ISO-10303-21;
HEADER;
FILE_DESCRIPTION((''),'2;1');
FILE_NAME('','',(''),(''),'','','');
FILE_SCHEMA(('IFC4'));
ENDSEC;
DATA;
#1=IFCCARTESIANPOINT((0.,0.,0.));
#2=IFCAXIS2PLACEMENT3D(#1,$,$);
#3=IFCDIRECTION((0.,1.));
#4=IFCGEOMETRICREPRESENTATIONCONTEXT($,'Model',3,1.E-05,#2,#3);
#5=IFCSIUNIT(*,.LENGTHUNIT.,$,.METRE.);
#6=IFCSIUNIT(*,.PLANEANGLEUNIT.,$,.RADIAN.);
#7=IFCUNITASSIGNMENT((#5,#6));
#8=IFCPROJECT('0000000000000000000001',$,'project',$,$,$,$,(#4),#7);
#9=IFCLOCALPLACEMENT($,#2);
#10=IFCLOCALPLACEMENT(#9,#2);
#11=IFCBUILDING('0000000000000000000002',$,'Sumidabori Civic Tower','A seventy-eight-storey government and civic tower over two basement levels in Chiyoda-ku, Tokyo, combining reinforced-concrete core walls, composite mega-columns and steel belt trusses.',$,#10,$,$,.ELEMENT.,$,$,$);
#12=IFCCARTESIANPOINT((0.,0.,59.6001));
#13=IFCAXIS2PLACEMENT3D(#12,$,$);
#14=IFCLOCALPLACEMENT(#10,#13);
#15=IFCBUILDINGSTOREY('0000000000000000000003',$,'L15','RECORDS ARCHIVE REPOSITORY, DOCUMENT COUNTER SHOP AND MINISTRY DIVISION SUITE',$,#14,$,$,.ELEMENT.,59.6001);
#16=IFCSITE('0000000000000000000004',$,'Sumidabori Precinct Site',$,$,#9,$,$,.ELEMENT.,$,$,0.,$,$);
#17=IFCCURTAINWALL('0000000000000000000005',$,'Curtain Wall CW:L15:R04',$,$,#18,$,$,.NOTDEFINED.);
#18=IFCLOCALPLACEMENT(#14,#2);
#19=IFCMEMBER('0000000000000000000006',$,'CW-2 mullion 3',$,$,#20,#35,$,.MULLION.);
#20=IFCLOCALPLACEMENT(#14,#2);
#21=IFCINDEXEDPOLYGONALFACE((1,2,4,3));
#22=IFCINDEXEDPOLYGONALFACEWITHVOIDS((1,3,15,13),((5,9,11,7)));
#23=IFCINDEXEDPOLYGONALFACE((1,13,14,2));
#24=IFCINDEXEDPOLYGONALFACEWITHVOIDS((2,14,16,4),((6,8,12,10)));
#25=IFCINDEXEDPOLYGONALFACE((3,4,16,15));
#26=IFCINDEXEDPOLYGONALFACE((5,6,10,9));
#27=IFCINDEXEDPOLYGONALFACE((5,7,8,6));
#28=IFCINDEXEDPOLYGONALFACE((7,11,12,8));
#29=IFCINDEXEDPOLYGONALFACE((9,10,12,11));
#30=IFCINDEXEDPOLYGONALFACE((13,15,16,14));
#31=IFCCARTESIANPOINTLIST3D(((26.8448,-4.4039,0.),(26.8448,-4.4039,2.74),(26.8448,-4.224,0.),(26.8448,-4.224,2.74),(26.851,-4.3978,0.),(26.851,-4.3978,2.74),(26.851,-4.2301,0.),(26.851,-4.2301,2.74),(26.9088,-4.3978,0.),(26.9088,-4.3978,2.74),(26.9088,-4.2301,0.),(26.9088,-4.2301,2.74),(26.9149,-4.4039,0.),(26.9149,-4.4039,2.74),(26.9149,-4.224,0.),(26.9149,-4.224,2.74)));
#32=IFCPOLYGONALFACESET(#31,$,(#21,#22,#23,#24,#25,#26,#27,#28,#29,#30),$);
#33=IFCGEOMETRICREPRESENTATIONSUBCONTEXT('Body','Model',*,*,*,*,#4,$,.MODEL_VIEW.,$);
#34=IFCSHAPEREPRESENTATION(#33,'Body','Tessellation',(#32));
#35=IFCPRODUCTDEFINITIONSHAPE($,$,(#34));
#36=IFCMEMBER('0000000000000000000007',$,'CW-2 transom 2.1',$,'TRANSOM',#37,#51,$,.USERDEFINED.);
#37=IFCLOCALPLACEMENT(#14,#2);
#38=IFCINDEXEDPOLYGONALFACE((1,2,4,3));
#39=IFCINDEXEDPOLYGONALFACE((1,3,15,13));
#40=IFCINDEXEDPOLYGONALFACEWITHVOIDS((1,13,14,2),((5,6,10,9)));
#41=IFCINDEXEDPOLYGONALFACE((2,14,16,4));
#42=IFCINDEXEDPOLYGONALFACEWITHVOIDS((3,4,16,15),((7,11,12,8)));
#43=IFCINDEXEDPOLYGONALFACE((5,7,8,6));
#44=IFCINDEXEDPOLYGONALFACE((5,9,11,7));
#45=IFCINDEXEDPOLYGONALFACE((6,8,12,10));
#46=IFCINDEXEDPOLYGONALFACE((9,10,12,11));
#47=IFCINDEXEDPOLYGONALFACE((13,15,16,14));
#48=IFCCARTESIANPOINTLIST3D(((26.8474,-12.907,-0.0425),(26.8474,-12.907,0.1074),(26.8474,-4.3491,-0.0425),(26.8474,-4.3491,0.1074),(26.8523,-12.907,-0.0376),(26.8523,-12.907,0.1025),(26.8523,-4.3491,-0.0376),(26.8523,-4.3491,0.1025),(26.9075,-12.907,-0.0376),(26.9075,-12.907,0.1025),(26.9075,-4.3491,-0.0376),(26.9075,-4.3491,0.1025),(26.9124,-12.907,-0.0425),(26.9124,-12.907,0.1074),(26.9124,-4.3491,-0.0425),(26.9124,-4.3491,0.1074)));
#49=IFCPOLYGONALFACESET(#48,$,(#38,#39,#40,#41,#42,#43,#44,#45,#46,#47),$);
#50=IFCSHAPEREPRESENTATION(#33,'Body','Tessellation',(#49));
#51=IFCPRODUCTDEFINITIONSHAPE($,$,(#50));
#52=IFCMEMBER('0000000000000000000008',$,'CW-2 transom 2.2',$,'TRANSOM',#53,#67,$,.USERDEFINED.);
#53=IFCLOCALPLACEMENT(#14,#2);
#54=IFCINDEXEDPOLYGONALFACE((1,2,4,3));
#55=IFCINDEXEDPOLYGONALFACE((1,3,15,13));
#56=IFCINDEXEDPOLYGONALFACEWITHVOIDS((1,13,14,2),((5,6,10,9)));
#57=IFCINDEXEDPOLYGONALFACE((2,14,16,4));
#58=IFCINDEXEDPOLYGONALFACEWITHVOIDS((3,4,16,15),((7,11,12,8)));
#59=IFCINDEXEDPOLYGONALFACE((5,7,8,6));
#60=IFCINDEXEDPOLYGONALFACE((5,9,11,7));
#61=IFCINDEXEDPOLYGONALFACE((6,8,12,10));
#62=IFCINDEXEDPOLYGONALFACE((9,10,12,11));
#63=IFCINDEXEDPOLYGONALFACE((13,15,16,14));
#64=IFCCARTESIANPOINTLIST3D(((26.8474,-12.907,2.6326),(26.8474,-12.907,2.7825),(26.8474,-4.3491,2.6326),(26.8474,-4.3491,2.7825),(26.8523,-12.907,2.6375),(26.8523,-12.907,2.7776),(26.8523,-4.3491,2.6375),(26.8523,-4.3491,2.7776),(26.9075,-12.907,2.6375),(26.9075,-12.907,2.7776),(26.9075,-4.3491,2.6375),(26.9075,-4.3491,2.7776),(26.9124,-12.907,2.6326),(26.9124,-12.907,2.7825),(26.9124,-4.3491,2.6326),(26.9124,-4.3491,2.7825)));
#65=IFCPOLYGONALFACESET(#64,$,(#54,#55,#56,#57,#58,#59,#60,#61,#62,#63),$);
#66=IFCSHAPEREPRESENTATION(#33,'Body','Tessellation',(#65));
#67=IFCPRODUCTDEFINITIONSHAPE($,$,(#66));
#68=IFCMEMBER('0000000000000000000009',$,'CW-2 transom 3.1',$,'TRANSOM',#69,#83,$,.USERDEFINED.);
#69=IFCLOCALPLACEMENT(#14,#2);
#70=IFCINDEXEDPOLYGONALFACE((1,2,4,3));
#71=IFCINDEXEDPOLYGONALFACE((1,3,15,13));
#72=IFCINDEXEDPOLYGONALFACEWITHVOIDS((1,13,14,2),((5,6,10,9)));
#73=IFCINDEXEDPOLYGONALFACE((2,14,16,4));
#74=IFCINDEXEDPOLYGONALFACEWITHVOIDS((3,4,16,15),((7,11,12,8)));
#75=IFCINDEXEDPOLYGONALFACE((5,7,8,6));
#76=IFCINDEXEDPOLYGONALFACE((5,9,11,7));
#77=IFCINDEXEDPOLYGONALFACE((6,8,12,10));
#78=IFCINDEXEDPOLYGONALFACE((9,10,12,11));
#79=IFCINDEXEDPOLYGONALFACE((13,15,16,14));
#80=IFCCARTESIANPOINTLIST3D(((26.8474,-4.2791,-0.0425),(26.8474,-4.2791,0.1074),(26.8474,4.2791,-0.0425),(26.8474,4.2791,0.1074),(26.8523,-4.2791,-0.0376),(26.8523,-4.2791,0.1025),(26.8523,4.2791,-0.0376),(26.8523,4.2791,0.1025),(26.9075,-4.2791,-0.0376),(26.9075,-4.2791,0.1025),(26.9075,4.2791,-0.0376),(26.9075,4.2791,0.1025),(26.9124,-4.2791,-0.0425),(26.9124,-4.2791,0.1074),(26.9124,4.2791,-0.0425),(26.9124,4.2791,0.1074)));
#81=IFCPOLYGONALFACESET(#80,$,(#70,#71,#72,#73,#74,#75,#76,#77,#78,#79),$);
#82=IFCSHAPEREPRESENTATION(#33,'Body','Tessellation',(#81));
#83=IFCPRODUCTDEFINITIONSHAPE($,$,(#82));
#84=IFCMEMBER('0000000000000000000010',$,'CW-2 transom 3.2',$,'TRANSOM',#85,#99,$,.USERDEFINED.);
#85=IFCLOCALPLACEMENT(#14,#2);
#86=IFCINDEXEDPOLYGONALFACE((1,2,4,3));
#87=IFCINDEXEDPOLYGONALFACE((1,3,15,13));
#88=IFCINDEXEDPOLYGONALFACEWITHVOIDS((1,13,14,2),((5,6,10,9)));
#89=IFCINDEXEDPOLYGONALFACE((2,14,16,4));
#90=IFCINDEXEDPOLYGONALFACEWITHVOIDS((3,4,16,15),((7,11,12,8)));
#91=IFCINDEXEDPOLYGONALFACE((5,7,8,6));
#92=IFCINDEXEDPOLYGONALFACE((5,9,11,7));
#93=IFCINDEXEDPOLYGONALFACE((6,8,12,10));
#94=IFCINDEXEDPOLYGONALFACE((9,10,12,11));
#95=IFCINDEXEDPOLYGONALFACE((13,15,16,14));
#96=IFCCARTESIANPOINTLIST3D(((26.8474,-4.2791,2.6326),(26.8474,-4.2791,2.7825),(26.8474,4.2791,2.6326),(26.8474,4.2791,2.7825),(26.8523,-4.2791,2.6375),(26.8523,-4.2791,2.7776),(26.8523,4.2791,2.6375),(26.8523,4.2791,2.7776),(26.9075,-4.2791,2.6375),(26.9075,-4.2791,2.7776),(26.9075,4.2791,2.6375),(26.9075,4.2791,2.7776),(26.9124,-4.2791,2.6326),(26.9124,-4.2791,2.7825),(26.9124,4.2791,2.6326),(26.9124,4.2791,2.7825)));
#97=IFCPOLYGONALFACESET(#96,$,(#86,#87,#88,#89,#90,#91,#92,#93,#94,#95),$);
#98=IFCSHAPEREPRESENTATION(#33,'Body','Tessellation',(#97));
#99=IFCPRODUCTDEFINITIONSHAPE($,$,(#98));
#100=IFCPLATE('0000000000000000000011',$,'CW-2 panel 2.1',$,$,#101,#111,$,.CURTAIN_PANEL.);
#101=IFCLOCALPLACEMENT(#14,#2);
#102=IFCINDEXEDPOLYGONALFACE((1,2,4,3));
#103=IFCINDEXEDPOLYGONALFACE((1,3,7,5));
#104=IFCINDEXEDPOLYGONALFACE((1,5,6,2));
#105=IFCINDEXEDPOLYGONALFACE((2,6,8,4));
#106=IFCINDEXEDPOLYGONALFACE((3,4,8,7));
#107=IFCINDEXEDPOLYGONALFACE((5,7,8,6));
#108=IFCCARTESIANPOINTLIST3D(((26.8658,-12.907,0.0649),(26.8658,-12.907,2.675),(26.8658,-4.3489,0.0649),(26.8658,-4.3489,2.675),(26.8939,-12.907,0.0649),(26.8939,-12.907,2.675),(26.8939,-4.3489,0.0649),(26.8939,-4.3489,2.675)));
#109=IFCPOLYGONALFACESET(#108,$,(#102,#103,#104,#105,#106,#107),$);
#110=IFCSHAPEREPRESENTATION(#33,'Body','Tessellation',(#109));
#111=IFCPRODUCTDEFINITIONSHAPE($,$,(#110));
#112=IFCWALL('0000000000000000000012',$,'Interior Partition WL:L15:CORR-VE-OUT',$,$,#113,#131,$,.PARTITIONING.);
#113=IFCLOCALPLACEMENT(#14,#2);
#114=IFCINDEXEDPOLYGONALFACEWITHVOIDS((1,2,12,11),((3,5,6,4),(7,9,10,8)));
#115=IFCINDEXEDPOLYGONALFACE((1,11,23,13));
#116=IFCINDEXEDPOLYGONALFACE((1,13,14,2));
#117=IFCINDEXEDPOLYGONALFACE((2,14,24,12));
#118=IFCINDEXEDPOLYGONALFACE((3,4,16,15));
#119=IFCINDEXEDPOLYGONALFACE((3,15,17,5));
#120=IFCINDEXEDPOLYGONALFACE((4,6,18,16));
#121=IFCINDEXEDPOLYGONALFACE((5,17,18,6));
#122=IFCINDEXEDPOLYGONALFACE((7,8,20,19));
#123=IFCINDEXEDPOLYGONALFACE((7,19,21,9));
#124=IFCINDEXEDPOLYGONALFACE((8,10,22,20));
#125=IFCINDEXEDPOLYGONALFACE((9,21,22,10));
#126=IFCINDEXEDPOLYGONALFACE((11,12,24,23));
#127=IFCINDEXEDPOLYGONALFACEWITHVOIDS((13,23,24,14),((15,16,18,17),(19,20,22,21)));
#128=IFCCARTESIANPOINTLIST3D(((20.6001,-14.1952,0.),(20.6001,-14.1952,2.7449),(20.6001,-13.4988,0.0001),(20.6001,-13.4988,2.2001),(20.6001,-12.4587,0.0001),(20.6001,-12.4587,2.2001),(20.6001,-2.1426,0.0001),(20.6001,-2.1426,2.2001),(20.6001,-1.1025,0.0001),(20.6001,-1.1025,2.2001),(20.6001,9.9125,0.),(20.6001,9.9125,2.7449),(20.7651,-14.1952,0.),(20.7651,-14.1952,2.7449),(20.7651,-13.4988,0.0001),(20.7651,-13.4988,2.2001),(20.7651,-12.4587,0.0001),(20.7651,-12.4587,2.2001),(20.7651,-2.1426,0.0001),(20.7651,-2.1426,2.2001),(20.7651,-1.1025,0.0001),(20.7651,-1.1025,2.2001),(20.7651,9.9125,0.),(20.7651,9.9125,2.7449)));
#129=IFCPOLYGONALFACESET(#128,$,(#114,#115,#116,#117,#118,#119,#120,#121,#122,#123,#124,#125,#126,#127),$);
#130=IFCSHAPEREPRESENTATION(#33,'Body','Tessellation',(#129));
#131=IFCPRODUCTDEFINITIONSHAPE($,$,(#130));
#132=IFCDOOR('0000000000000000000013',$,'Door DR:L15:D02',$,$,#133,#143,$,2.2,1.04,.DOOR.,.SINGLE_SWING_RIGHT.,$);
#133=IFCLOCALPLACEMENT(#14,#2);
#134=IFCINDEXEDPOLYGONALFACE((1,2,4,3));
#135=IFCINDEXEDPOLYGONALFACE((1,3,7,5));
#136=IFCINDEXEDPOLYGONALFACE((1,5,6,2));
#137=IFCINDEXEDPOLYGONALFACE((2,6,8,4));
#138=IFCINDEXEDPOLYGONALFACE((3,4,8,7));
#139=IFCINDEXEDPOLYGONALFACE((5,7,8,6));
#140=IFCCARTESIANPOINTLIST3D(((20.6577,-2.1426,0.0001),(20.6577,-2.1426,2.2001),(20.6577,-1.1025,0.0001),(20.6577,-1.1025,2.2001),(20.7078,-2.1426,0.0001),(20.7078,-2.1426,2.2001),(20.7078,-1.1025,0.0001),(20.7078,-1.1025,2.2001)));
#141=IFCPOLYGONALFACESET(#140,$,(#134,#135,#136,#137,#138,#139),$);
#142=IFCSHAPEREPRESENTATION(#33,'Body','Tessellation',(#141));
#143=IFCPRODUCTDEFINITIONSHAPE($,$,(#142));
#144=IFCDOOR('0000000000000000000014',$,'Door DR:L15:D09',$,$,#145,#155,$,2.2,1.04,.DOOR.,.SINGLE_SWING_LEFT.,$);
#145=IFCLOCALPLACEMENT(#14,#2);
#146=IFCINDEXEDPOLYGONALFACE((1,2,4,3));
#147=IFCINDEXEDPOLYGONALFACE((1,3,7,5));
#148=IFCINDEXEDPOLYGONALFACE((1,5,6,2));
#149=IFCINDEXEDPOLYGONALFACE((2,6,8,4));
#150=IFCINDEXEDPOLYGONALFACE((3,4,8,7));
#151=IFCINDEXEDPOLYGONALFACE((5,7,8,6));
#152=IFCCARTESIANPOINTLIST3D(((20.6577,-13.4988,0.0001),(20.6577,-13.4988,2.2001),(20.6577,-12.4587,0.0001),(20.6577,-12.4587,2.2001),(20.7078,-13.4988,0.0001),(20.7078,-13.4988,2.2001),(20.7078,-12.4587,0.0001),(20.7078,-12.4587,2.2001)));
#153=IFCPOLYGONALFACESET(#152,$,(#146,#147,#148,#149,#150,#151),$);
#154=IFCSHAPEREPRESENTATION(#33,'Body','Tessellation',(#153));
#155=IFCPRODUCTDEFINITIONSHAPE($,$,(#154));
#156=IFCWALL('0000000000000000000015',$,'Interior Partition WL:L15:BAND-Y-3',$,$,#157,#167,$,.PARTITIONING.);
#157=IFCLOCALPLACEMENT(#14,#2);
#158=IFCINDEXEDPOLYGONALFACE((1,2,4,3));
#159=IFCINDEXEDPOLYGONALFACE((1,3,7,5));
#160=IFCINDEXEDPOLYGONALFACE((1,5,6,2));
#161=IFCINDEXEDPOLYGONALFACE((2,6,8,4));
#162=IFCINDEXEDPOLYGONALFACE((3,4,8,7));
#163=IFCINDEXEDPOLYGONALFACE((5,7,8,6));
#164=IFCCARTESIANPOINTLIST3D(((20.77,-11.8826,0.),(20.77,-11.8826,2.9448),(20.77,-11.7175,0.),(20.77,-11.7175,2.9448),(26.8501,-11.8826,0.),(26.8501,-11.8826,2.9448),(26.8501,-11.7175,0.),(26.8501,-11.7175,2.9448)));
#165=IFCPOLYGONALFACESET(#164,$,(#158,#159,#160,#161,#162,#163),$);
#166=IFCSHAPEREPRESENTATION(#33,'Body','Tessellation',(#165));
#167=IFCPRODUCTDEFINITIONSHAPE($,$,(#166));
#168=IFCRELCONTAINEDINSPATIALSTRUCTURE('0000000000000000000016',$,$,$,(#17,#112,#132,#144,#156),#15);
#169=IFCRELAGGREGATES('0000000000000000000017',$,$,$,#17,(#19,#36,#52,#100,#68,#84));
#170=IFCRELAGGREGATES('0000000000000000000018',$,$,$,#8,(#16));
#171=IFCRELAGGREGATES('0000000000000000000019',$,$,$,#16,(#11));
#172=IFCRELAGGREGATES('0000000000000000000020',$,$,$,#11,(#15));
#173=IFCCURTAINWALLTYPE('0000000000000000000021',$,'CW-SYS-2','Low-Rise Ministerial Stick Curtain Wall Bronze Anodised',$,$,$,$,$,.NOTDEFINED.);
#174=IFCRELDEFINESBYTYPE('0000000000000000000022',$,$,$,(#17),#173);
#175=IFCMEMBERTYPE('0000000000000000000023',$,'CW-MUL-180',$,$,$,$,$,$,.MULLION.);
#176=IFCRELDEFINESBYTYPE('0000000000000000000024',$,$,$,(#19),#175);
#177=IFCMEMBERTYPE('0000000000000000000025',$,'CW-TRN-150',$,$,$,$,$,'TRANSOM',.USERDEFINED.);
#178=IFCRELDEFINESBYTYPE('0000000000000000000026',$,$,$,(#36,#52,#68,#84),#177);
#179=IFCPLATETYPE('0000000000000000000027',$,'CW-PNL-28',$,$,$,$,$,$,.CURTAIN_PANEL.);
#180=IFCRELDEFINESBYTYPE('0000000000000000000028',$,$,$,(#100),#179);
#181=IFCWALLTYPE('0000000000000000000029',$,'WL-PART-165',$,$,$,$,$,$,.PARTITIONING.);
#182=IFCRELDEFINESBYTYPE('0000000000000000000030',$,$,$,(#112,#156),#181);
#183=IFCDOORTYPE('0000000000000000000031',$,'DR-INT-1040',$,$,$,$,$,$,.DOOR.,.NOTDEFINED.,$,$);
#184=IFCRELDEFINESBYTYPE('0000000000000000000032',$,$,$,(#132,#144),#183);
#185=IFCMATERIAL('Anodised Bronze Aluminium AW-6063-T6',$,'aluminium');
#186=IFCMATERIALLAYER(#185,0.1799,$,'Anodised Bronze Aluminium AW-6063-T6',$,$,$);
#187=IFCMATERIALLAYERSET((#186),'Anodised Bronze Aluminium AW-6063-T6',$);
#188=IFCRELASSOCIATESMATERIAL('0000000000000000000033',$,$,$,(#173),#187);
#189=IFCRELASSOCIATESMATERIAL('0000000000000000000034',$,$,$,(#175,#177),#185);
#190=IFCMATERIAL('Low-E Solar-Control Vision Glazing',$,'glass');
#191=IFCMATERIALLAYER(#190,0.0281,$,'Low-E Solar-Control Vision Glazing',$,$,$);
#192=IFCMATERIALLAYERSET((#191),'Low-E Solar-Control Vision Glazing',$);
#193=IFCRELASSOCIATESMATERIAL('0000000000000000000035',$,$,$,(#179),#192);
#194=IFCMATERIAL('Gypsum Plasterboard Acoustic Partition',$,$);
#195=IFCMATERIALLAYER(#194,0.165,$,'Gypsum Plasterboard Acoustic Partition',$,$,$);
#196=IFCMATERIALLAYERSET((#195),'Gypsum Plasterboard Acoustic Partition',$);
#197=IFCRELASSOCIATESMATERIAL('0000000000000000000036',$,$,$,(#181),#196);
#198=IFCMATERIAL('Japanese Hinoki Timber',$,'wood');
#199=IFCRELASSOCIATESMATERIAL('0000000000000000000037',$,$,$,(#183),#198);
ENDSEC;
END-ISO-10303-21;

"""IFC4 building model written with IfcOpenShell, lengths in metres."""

from ifc_helpers import new_model, si_unit, direction, frame, frame_2d, origin, origin_2d, place, context, subcontext, project, spatial, rectangle, hollow_rectangle, extrude, source, transform, mapped, material, layer, layer_set, material_profile, profile_set, type_object, element, fill, aggregate, save


model = new_model("IFC4")

# Units and contexts
model_context = context("Model", 3, precision=1e-05, world=origin(), true_north=direction((0.0, 1.0)))
body_context = subcontext(model_context, "Body", "Model", "MODEL_VIEW")
ifc_project = project(units=[si_unit("LENGTHUNIT", "METRE"), si_unit("PLANEANGLEUNIT", "RADIAN")], contexts=[model_context])

# Site, building, storey
site_placement = place(None, origin())
site = spatial("IfcSite", under=ifc_project, at=site_placement, Name="Sumidabori Precinct Site", CompositionType="ELEMENT", RefElevation=0.0)
building_placement = place(site_placement, origin())
building = spatial("IfcBuilding", under=site, at=building_placement, Name="Sumidabori Civic Tower", Description="A seventy-eight-storey government and civic tower over two basement levels in Chiyoda-ku, Tokyo, combining reinforced-concrete core walls, composite mega-columns and steel belt trusses.", CompositionType="ELEMENT")
storey_placement = place(building_placement, frame((0.0, 0.0, 59.6001)))
storey = spatial("IfcBuildingStorey", under=building, at=storey_placement, Name="L15", Description="RECORDS ARCHIVE REPOSITORY, DOCUMENT COUNTER SHOP AND MINISTRY DIVISION SUITE", CompositionType="ELEMENT", Elevation=59.6001)

# Curtain wall, members, plate
ifc_material_1 = material(Name="Anodised Bronze Aluminium AW-6063-T6", Category="aluminium")
ifc_layer_1 = layer(ifc_material_1, 0.1799, Name="Anodised Bronze Aluminium AW-6063-T6")
ifc_layer_set_1 = layer_set([ifc_layer_1], Name="Anodised Bronze Aluminium AW-6063-T6")
curtain_wall_type = type_object("IfcCurtainWallType", Name="CW-SYS-2", Description="Low-Rise Ministerial Stick Curtain Wall Bronze Anodised", PredefinedType="NOTDEFINED", material=ifc_layer_set_1)
curtain_wall_placement = place(storey_placement, origin())
curtain_wall = element("IfcCurtainWall", 1, at=curtain_wall_placement, inside=storey, type_object=curtain_wall_type, Name="Curtain Wall CW:L15:R04", PredefinedType="NOTDEFINED")
ifc_material_profile_1 = material_profile(ifc_material_1, hollow_rectangle(XDim=0.0701, YDim=0.1799, WallThickness=0.0061, at=origin_2d()), Name="ALU MULLION 180x70")
ifc_profile_set_1 = profile_set([ifc_material_profile_1], Name="Anodised Bronze Aluminium AW-6063-T6")
member_type_1 = type_object("IfcMemberType", Name="CW-MUL-180", PredefinedType="MULLION", material=ifc_profile_set_1)
shared_shape_1 = source(origin(), body_context, "Body", "SweptSolid", [
    extrude(hollow_rectangle(XDim=0.0701, YDim=0.1799, WallThickness=0.0061, at=origin_2d()), origin(), (0.0, 0.0, 1.0), 2.74),
])
member_1_placement = place(storey_placement, frame((26.8799, -4.314, 0.0), z_axis=(0.0, 0.0, 1.0), x_axis=(-1.0, 0.0, 0.0)))
member_1 = element("IfcMember", 2, at=member_1_placement, type_object=member_type_1, Name="CW-2 mullion 3", PredefinedType="MULLION", context=body_context, shape_type="MappedRepresentation", body=[
    mapped(shared_shape_1, transform((0.0, 0.0, 0.0), x_axis=(1.0, 0.0, 0.0), y_axis=(0.0, 1.0, 0.0), z_axis=(0.0, 0.0, 1.0), scale=1.0)),
])
ifc_material_profile_2 = material_profile(ifc_material_1, hollow_rectangle(XDim=0.0649, YDim=0.1499, WallThickness=0.0049, at=origin_2d()), Name="ALU TRANSOM 150x65")
ifc_profile_set_2 = profile_set([ifc_material_profile_2], Name="Anodised Bronze Aluminium AW-6063-T6")
member_type_2 = type_object("IfcMemberType", Name="CW-TRN-150", ElementType="TRANSOM", PredefinedType="USERDEFINED", material=ifc_profile_set_2)
shared_shape_2 = source(origin(), body_context, "Body", "SweptSolid", [
    extrude(hollow_rectangle(XDim=0.0649, YDim=0.1499, WallThickness=0.0049, at=origin_2d()), origin(), (0.0, 0.0, 1.0), 8.5579),
])
member_2_placement = place(storey_placement, frame((26.8799, -12.907, 0.0325), z_axis=(0.0, 1.0, 0.0), x_axis=(-1.0, 0.0, 0.0)))
member_2 = element("IfcMember", 3, at=member_2_placement, type_object=member_type_2, Name="CW-2 transom 2.1", ObjectType="TRANSOM", PredefinedType="USERDEFINED", context=body_context, shape_type="MappedRepresentation", body=[
    mapped(shared_shape_2, transform((0.0, 0.0, 0.0), x_axis=(1.0, 0.0, 0.0), y_axis=(0.0, 1.0, 0.0), z_axis=(0.0, 0.0, 1.0), scale=1.0)),
])
member_3_placement = place(storey_placement, frame((26.8799, -12.907, 2.7075), z_axis=(0.0, 1.0, 0.0), x_axis=(-1.0, 0.0, 0.0)))
member_3 = element("IfcMember", 4, at=member_3_placement, type_object=member_type_2, Name="CW-2 transom 2.2", ObjectType="TRANSOM", PredefinedType="USERDEFINED", context=body_context, shape_type="MappedRepresentation", body=[
    mapped(shared_shape_2, transform((0.0, 0.0, 0.0), x_axis=(1.0, 0.0, 0.0), y_axis=(0.0, 1.0, 0.0), z_axis=(0.0, 0.0, 1.0), scale=1.0)),
])
shared_shape_3 = source(origin(), body_context, "Body", "SweptSolid", [
    extrude(hollow_rectangle(XDim=0.0649, YDim=0.1499, WallThickness=0.0049, at=origin_2d()), origin(), (0.0, 0.0, 1.0), 8.5581),
])
member_4_placement = place(storey_placement, frame((26.8799, -4.2791, 0.0325), z_axis=(0.0, 1.0, 0.0), x_axis=(-1.0, 0.0, 0.0)))
member_4 = element("IfcMember", 5, at=member_4_placement, type_object=member_type_2, Name="CW-2 transom 3.1", ObjectType="TRANSOM", PredefinedType="USERDEFINED", context=body_context, shape_type="MappedRepresentation", body=[
    mapped(shared_shape_3, transform((0.0, 0.0, 0.0), x_axis=(1.0, 0.0, 0.0), y_axis=(0.0, 1.0, 0.0), z_axis=(0.0, 0.0, 1.0), scale=1.0)),
])
member_5_placement = place(storey_placement, frame((26.8799, -4.2791, 2.7075), z_axis=(0.0, 1.0, 0.0), x_axis=(-1.0, 0.0, 0.0)))
member_5 = element("IfcMember", 6, at=member_5_placement, type_object=member_type_2, Name="CW-2 transom 3.2", ObjectType="TRANSOM", PredefinedType="USERDEFINED", context=body_context, shape_type="MappedRepresentation", body=[
    mapped(shared_shape_3, transform((0.0, 0.0, 0.0), x_axis=(1.0, 0.0, 0.0), y_axis=(0.0, 1.0, 0.0), z_axis=(0.0, 0.0, 1.0), scale=1.0)),
])
ifc_material_2 = material(Name="Low-E Solar-Control Vision Glazing", Category="glass")
ifc_layer_2 = layer(ifc_material_2, 0.0281, Name="Low-E Solar-Control Vision Glazing")
ifc_layer_set_2 = layer_set([ifc_layer_2], Name="Low-E Solar-Control Vision Glazing")
plate_type = type_object("IfcPlateType", Name="CW-PNL-28", PredefinedType="CURTAIN_PANEL", material=ifc_layer_set_2)
shared_shape_4 = source(origin(), body_context, "Body", "SweptSolid", [
    extrude(rectangle(XDim=8.5581, YDim=0.0281, at=origin_2d()), origin(), (0.0, 0.0, 1.0), 2.6101),
])
plate_placement = place(storey_placement, frame((26.8799, -8.6279, 0.0649), z_axis=(0.0, 0.0, 1.0), x_axis=(0.0, 1.0, 0.0)))
plate = element("IfcPlate", 7, at=plate_placement, type_object=plate_type, Name="CW-2 panel 2.1", PredefinedType="CURTAIN_PANEL", context=body_context, shape_type="MappedRepresentation", body=[
    mapped(shared_shape_4, transform((0.0, 0.0, 0.0), x_axis=(1.0, 0.0, 0.0), y_axis=(0.0, 1.0, 0.0), z_axis=(0.0, 0.0, 1.0), scale=1.0)),
])
aggregate(curtain_wall, [member_1, member_2, member_3, plate, member_4, member_5])

# Wall, openings, doors
ifc_material_3 = material(Name="Gypsum Plasterboard Acoustic Partition")
ifc_layer_3 = layer(ifc_material_3, 0.165, Name="Gypsum Plasterboard Acoustic Partition")
ifc_layer_set_3 = layer_set([ifc_layer_3], Name="Gypsum Plasterboard Acoustic Partition")
wall_type = type_object("IfcWallType", Name="WL-PART-165", PredefinedType="PARTITIONING", material=ifc_layer_set_3)
shared_shape_5 = source(origin(), body_context, "Body", "SweptSolid", [
    extrude(rectangle(XDim=24.1077, YDim=0.165, at=frame_2d((12.0537, 0.0))), origin(), (0.0, 0.0, 1.0), 2.7449),
])
wall_1_placement = place(storey_placement, frame((20.6826, -14.1951, 0.0), z_axis=(0.0, 0.0, 1.0), x_axis=(0.0, 1.0, 0.0)))
wall_1 = element("IfcWall", 8, at=wall_1_placement, inside=storey, type_object=wall_type, Name="Interior Partition WL:L15:CORR-VE-OUT", PredefinedType="PARTITIONING", context=body_context, shape_type="MappedRepresentation", body=[
    mapped(shared_shape_5, transform((0.0, 0.0, 0.0), x_axis=(1.0, 0.0, 0.0), y_axis=(0.0, 1.0, 0.0), z_axis=(0.0, 0.0, 1.0), scale=1.0)),
])
opening_1_placement = place(wall_1_placement, frame((12.0525, 0.0, 0.0)))
opening_1 = element("IfcOpeningElement", 9, at=opening_1_placement, cuts=wall_1, PredefinedType="OPENING", context=body_context, shape_type="SweptSolid", body=[
    extrude(rectangle(XDim=1.04, YDim=2.2, at=frame_2d((0.52, 1.1001))), frame((0.0, 0.0945, 0.0), z_axis=(0.0, -1.0, 0.0), x_axis=(1.0, 0.0, 0.0)), (0.0, 0.0, 1.0), 0.189),
])
opening_2_placement = place(wall_1_placement, frame((0.6963, 0.0, 0.0)))
opening_2 = element("IfcOpeningElement", 10, at=opening_2_placement, cuts=wall_1, PredefinedType="OPENING", context=body_context, shape_type="SweptSolid", body=[
    extrude(rectangle(XDim=1.04, YDim=2.2, at=frame_2d((0.52, 1.1001))), frame((0.0, 0.0945, 0.0), z_axis=(0.0, -1.0, 0.0), x_axis=(1.0, 0.0, 0.0)), (0.0, 0.0, 1.0), 0.189),
])
ifc_material_4 = material(Name="Japanese Hinoki Timber", Category="wood")
door_type = type_object("IfcDoorType", Name="DR-INT-1040", OperationType="NOTDEFINED", PredefinedType="DOOR", material=ifc_material_4)
shared_shape_6 = source(origin(), body_context, "Body", "SweptSolid", [
    extrude(rectangle(XDim=1.04, YDim=2.2, at=frame_2d((0.52, 1.1001))), frame((0.0, 0.0249, 0.0), z_axis=(0.0, -1.0, 0.0), x_axis=(1.0, 0.0, 0.0)), (0.0, 0.0, 1.0), 0.05),
])
door_1_placement = place(opening_1_placement, origin())
door_1 = element("IfcDoor", 11, at=door_1_placement, inside=storey, type_object=door_type, Name="Door DR:L15:D02", OperationType="SINGLE_SWING_RIGHT", OverallHeight=2.2, OverallWidth=1.04, PredefinedType="DOOR", context=body_context, shape_type="MappedRepresentation", body=[
    mapped(shared_shape_6, transform((0.0, 0.0, 0.0), x_axis=(1.0, 0.0, 0.0), y_axis=(0.0, 1.0, 0.0), z_axis=(0.0, 0.0, 1.0), scale=1.0)),
])
fill(opening_1, door_1)
door_2_placement = place(opening_2_placement, origin())
door_2 = element("IfcDoor", 12, at=door_2_placement, inside=storey, type_object=door_type, Name="Door DR:L15:D09", OperationType="SINGLE_SWING_LEFT", OverallHeight=2.2, OverallWidth=1.04, PredefinedType="DOOR", context=body_context, shape_type="MappedRepresentation", body=[
    mapped(shared_shape_6, transform((0.0, 0.0, 0.0), x_axis=(1.0, 0.0, 0.0), y_axis=(0.0, 1.0, 0.0), z_axis=(0.0, 0.0, 1.0), scale=1.0)),
])
fill(opening_2, door_2)

# Wall
shared_shape_7 = source(origin(), body_context, "Body", "SweptSolid", [
    extrude(rectangle(XDim=6.0801, YDim=0.165, at=frame_2d((3.04, 0.0))), origin(), (0.0, 0.0, 1.0), 2.9448),
])
wall_2_placement = place(storey_placement, frame((20.77, -11.8, 0.0), z_axis=(0.0, 0.0, 1.0), x_axis=(1.0, 0.0, 0.0)))
element("IfcWall", 13, at=wall_2_placement, inside=storey, type_object=wall_type, Name="Interior Partition WL:L15:BAND-Y-3", PredefinedType="PARTITIONING", context=body_context, shape_type="MappedRepresentation", body=[
    mapped(shared_shape_7, transform((0.0, 0.0, 0.0), x_axis=(1.0, 0.0, 0.0), y_axis=(0.0, 1.0, 0.0), z_axis=(0.0, 0.0, 1.0), scale=1.0)),
])

save(model, "model.ifc")
